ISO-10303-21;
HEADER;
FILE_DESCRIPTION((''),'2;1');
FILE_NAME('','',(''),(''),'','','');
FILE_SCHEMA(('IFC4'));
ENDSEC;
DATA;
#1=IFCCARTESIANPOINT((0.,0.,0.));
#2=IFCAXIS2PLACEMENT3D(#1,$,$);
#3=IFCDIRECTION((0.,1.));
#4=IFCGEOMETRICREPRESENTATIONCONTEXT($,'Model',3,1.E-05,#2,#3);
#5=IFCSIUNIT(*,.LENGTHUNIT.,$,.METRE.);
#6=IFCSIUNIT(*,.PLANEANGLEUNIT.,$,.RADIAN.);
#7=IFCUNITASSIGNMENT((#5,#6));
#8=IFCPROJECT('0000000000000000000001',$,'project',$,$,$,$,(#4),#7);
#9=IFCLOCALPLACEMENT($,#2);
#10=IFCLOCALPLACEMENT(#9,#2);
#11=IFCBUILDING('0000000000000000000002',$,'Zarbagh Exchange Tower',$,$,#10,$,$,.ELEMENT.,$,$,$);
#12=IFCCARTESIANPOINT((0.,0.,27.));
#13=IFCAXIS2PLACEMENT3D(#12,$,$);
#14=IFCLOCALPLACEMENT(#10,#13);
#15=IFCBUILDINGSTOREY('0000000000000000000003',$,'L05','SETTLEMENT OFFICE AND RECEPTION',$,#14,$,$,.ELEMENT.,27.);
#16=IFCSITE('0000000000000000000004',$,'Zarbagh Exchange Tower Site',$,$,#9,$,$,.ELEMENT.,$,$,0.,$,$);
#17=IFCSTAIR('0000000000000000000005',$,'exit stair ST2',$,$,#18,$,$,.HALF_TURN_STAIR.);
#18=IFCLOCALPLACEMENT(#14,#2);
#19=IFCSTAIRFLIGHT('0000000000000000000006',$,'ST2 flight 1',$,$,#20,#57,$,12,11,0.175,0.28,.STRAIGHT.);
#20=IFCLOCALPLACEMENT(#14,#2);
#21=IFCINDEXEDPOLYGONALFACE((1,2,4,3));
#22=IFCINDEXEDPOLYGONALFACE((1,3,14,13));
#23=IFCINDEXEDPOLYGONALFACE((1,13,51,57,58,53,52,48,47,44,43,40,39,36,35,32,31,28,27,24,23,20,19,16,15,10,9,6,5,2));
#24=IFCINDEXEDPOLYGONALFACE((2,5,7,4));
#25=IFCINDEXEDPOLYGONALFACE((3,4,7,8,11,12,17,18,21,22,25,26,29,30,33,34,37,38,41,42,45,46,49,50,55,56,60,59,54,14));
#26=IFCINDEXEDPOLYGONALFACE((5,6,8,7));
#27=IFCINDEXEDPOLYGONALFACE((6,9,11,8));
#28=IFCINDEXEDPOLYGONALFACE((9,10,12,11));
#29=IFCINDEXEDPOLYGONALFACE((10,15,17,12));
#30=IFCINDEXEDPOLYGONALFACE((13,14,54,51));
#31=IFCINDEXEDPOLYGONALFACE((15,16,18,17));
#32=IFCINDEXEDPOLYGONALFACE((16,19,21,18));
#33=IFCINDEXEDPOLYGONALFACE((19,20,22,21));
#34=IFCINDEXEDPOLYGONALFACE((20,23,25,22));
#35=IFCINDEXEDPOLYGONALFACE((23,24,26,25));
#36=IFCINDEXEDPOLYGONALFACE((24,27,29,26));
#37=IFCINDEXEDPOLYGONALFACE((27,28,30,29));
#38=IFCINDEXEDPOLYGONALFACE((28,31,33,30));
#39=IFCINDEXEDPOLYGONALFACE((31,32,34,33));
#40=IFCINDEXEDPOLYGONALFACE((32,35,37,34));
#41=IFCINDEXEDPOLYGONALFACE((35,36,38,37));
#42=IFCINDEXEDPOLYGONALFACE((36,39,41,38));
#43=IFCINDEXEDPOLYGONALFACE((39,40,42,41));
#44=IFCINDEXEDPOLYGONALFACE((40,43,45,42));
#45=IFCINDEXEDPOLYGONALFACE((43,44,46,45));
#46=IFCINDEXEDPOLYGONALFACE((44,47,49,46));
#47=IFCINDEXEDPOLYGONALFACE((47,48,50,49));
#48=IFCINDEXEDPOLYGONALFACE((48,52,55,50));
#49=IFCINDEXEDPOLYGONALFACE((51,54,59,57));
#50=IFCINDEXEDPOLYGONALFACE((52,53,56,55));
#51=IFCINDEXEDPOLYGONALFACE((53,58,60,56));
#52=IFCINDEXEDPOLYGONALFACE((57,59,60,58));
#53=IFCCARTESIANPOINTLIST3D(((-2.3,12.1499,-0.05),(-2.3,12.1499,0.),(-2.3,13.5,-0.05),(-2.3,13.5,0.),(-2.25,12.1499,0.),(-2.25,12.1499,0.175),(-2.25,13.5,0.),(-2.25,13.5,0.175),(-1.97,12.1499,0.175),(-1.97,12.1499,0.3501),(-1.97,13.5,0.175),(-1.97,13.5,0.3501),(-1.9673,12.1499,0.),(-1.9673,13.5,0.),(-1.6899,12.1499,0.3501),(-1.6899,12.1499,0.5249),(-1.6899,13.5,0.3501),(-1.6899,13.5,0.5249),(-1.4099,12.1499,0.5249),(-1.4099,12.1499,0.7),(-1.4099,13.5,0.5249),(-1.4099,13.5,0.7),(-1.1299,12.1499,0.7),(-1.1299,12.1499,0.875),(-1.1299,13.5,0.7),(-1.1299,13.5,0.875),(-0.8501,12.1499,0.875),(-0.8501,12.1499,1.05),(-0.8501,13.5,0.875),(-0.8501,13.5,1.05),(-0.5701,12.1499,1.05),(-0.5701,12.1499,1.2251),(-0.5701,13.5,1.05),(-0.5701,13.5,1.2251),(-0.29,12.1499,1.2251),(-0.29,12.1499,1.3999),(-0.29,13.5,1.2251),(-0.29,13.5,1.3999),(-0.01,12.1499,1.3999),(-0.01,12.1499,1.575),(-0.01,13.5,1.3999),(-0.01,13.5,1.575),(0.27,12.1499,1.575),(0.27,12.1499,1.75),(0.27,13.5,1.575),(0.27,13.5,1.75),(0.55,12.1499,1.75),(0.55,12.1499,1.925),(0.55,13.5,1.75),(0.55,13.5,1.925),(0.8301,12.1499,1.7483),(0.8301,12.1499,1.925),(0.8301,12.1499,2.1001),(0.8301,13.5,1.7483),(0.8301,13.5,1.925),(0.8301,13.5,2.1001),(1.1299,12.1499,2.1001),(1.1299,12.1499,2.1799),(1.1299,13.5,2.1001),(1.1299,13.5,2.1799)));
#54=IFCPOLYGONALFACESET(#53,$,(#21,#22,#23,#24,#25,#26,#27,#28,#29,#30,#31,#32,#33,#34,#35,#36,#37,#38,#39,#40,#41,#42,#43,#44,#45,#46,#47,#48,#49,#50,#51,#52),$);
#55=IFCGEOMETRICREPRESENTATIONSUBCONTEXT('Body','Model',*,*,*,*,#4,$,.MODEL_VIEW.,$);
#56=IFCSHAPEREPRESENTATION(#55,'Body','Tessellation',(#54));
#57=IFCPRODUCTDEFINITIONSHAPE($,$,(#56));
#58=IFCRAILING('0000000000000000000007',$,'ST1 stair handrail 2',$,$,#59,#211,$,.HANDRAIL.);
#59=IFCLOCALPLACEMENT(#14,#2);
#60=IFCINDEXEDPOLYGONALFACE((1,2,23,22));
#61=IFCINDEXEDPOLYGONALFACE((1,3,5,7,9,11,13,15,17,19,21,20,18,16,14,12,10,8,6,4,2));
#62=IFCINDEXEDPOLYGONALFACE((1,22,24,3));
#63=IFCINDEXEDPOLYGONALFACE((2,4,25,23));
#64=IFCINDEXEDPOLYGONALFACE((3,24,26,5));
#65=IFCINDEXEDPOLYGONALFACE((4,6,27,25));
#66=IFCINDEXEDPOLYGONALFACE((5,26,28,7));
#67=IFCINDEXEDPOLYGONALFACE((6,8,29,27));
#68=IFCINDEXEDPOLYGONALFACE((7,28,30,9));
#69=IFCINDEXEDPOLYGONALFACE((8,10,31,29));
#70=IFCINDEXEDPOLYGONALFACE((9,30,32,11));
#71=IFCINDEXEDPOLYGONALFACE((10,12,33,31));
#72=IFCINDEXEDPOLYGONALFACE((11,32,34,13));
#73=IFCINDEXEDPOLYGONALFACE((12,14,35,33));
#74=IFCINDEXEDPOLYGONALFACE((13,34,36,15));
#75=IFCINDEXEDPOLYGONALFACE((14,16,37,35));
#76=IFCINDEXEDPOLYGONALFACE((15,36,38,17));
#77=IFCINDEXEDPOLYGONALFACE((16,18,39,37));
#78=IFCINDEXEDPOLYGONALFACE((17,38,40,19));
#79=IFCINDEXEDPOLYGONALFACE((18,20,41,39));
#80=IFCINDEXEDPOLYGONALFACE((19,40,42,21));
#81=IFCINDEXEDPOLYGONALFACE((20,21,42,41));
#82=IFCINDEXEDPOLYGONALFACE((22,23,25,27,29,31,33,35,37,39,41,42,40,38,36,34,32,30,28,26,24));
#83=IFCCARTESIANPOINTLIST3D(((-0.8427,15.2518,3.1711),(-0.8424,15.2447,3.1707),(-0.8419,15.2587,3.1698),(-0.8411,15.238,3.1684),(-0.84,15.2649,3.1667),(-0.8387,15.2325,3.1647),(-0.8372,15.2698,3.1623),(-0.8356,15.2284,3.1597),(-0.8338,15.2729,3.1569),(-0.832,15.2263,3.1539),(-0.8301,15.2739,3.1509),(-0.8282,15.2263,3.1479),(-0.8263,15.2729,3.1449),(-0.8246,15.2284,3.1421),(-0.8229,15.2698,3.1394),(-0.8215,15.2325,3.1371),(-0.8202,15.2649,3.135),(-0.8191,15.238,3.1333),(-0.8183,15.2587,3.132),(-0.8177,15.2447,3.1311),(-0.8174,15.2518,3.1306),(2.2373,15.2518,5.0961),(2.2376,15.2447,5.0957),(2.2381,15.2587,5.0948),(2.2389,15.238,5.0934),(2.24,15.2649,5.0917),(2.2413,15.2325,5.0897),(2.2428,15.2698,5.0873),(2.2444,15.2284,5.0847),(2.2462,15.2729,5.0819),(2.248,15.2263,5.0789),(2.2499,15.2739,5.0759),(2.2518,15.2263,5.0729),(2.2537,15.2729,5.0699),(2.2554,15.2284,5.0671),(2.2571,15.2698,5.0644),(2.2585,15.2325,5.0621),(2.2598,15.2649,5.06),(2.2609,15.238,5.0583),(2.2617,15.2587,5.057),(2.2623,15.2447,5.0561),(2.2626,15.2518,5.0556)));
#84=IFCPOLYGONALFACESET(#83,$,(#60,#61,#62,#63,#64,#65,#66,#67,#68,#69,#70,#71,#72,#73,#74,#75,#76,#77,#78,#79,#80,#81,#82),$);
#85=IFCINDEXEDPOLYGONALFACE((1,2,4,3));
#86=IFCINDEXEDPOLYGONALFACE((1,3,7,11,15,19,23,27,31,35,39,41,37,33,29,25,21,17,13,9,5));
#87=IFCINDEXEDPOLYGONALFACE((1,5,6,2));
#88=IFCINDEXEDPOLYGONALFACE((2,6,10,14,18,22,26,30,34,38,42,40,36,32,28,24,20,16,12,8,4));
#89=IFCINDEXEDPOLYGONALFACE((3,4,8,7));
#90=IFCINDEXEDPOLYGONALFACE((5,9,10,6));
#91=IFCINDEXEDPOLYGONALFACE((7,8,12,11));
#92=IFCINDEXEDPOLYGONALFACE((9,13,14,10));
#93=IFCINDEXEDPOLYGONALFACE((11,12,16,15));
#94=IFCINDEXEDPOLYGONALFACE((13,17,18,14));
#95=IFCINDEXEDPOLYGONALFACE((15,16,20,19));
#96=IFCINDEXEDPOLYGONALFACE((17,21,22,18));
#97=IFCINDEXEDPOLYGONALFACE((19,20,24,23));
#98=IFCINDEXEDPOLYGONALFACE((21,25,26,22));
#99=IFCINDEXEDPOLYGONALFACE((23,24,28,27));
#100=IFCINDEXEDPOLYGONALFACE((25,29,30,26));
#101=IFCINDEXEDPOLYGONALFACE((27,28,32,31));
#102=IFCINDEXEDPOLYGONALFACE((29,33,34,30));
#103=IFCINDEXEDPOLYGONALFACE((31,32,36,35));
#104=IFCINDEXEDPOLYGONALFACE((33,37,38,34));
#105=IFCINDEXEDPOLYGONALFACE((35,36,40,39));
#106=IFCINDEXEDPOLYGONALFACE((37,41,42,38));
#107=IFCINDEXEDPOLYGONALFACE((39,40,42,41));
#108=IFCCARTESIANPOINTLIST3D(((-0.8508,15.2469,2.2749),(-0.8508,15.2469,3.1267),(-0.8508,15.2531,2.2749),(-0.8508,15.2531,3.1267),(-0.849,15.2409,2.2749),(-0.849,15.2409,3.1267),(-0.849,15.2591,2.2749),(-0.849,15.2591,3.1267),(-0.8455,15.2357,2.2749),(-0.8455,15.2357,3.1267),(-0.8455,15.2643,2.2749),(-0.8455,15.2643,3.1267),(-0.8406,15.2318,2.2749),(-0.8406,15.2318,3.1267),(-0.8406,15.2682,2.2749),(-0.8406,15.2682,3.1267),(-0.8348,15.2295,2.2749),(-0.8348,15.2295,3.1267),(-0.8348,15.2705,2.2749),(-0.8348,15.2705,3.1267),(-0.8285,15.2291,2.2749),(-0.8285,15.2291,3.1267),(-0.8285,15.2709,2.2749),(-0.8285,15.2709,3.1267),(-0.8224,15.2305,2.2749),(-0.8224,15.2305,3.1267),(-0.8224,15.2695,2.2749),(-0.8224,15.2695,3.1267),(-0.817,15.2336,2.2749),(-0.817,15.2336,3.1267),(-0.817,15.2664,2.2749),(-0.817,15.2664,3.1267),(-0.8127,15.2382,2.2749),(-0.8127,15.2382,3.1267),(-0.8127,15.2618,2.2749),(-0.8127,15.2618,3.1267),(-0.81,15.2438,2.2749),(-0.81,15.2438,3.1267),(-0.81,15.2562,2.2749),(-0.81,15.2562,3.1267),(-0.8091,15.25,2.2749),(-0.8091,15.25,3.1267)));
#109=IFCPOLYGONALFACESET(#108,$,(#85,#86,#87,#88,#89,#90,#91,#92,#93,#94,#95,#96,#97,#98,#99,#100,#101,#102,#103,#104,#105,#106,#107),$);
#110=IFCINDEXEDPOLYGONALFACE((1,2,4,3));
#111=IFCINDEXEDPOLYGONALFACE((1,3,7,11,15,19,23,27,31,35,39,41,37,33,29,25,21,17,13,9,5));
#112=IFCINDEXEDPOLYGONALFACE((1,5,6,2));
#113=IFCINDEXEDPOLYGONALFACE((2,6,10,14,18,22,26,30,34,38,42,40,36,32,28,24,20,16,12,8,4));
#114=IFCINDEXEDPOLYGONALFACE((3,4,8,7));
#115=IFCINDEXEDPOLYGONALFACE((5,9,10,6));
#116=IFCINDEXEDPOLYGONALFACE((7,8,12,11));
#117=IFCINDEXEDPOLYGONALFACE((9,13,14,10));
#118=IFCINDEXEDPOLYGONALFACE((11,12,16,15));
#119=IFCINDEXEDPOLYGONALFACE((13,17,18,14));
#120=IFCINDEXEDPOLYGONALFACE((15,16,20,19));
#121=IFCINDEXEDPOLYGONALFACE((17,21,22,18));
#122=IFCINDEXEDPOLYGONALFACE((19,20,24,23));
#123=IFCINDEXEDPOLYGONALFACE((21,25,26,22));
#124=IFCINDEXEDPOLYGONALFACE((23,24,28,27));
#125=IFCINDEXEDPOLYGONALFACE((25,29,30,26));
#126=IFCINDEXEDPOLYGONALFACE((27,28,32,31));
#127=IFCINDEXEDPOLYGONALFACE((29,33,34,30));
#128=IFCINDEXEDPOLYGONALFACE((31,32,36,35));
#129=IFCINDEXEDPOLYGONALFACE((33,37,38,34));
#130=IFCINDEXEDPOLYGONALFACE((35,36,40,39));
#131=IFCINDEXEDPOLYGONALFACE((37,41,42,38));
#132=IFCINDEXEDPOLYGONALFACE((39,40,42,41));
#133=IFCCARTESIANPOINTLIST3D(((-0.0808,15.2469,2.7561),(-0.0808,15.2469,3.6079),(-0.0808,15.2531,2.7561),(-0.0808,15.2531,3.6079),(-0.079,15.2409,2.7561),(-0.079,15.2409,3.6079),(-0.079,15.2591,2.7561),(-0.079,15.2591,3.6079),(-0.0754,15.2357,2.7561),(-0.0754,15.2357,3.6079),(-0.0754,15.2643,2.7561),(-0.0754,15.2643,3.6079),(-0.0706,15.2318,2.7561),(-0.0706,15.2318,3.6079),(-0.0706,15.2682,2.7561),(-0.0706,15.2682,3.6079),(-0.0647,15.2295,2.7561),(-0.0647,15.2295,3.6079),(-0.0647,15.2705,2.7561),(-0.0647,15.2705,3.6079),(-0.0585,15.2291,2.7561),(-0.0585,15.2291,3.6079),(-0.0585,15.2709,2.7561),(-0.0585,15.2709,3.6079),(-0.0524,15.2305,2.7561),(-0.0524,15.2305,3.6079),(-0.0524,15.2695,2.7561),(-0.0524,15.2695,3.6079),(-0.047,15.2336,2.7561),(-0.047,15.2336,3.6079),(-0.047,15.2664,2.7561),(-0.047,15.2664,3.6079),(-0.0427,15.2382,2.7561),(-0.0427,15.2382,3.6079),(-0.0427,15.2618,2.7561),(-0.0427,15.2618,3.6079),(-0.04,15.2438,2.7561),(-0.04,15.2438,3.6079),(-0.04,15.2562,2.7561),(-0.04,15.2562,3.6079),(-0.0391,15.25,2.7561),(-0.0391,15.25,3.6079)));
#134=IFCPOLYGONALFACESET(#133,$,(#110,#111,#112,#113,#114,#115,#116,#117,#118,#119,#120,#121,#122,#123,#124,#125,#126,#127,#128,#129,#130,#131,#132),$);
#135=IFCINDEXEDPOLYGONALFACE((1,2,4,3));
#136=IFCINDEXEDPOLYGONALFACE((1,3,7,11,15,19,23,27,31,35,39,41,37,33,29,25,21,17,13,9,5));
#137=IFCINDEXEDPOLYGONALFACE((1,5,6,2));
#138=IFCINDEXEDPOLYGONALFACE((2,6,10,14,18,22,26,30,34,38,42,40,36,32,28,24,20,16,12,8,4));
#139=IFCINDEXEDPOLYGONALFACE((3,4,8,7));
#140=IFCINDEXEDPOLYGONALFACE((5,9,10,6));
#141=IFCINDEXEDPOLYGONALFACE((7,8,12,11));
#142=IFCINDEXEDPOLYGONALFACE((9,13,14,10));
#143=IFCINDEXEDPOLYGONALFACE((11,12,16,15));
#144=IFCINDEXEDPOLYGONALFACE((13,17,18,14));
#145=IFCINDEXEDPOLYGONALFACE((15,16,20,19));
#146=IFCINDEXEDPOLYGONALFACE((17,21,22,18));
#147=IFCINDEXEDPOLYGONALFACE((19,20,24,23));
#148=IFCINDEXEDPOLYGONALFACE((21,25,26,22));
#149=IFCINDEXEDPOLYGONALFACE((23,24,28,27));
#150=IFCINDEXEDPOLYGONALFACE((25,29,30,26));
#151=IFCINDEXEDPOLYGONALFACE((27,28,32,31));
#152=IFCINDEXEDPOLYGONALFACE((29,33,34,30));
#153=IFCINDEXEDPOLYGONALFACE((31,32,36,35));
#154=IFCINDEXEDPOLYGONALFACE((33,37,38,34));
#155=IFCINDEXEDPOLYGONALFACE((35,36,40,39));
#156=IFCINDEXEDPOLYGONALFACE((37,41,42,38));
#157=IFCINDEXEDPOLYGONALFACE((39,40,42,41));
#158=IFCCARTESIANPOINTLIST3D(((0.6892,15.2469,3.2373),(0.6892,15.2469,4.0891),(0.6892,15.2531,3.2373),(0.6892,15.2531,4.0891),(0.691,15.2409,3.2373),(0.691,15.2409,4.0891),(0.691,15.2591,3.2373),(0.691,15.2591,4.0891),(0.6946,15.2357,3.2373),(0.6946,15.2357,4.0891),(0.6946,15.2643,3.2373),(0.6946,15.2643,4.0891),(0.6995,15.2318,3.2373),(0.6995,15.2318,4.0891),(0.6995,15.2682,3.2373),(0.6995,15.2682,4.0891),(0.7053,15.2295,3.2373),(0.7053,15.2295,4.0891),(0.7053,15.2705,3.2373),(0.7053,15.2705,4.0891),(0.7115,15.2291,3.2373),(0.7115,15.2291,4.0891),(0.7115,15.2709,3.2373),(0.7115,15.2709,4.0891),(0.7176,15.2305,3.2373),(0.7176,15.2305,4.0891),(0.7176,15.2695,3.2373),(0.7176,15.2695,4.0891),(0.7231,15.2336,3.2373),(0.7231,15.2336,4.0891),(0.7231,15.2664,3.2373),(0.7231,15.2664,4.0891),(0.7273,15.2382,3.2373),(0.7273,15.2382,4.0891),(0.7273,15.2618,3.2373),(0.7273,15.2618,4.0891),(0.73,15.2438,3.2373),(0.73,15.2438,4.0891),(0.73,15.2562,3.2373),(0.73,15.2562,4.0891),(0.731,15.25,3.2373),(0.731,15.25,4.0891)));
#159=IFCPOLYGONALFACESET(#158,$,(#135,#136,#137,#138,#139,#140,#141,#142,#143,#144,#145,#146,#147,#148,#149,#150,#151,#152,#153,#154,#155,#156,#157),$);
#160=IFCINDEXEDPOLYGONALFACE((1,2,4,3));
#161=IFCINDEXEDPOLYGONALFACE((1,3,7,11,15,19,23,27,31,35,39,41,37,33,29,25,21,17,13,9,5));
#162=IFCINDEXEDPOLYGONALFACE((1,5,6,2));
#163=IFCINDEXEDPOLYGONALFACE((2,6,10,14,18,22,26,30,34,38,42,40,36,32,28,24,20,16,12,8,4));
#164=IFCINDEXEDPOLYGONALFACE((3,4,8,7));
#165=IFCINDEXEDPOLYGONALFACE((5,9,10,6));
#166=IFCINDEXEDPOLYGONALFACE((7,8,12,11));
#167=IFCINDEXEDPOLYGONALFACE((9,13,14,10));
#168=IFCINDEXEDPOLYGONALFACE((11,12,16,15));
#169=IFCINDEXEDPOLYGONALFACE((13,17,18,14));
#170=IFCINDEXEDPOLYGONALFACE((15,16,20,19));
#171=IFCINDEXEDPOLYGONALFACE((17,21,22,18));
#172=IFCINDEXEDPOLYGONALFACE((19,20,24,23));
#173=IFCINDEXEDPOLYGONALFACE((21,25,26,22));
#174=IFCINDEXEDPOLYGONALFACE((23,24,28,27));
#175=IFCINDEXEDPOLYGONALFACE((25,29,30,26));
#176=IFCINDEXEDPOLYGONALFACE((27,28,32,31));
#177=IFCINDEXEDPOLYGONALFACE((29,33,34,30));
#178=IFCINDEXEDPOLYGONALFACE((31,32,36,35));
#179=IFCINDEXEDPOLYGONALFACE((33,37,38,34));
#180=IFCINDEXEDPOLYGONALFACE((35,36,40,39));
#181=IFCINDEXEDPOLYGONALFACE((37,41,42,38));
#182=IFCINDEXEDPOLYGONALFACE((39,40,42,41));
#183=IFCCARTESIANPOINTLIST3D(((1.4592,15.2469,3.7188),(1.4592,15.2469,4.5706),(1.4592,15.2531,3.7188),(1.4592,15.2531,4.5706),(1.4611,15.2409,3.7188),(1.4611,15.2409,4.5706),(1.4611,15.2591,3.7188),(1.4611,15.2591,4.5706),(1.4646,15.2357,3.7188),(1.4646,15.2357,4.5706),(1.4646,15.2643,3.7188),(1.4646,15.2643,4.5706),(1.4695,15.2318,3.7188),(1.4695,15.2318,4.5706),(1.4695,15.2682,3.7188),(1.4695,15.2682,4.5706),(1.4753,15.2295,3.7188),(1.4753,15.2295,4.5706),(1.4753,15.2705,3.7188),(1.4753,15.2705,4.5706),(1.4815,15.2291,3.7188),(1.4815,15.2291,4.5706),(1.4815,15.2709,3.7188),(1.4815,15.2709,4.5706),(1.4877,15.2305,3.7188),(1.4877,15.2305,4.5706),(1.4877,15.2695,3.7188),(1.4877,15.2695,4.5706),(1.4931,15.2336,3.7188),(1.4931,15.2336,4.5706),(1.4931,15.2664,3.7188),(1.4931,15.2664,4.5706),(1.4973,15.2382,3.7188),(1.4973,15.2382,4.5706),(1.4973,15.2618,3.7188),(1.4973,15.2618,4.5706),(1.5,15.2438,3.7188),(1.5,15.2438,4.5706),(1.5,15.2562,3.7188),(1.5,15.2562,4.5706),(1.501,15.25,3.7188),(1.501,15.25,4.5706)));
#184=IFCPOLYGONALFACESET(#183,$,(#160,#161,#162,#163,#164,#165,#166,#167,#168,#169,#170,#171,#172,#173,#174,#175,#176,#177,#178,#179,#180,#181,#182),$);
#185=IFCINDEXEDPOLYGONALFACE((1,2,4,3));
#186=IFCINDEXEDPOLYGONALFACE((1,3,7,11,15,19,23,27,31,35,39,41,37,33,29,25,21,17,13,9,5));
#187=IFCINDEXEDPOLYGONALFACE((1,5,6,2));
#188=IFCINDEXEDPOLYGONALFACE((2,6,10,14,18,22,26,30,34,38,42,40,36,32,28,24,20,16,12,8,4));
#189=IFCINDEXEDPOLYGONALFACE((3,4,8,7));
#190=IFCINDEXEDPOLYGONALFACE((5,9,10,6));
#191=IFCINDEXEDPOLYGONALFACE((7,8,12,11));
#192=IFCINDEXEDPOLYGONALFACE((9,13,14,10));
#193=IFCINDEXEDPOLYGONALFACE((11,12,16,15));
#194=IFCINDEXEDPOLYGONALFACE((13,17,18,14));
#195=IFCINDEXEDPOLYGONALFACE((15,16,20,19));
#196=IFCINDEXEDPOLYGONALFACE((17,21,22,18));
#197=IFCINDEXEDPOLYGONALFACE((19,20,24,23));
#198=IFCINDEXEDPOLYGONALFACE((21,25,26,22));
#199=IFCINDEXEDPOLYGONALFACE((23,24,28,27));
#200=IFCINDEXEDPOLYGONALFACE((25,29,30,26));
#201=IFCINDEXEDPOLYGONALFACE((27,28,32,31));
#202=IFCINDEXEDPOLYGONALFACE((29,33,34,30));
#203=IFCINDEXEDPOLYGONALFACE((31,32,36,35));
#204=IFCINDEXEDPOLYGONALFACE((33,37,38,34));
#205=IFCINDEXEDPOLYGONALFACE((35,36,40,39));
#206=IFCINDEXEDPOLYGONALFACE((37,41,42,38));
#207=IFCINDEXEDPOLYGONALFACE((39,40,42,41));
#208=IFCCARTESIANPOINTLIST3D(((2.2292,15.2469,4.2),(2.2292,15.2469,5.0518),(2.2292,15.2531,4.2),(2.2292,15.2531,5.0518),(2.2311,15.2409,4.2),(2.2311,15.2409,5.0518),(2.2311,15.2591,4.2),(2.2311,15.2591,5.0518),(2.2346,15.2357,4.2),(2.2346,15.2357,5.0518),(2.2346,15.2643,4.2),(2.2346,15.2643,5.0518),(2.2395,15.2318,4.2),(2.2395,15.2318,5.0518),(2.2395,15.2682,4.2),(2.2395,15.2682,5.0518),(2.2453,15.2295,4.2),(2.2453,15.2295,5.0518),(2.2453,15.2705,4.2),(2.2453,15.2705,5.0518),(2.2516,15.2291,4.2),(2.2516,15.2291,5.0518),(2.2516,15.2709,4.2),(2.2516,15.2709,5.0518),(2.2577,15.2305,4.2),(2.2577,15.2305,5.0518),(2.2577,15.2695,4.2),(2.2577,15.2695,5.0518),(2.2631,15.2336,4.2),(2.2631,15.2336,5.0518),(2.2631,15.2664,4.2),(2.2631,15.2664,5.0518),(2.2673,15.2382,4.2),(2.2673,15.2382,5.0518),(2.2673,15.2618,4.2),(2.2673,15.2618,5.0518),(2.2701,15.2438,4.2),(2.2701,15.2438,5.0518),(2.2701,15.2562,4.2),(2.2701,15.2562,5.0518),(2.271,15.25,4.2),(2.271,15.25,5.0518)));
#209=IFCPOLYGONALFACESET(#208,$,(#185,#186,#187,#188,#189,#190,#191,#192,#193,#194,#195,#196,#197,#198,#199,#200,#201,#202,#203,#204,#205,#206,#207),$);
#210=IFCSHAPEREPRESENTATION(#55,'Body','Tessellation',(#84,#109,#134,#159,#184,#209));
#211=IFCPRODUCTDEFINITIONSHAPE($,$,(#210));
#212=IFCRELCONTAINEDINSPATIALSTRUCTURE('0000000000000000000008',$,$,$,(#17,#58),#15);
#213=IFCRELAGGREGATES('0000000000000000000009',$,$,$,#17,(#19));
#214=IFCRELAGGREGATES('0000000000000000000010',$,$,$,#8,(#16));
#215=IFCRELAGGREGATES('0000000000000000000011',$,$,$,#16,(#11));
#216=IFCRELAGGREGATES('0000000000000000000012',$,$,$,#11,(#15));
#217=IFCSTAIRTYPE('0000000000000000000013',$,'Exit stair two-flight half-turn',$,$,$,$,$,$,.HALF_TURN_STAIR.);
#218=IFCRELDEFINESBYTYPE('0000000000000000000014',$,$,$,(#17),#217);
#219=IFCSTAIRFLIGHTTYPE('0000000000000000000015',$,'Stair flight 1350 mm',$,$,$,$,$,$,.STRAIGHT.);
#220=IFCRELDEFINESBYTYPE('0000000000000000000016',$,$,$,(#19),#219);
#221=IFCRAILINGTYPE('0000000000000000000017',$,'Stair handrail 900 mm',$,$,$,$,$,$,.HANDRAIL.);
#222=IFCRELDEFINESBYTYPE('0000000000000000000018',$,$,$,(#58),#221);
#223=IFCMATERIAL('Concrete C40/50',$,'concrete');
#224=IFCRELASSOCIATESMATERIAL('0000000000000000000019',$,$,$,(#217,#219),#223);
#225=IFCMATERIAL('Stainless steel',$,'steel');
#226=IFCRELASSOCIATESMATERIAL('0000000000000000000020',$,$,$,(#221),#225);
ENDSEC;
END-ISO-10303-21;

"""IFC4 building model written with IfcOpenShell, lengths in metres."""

from ifc_helpers import new_model, si_unit, direction, frame, origin, origin_2d, place, context, subcontext, project, spatial, polyline, circle, outline, extrude, material, type_object, element, aggregate, save


model = new_model("IFC4")

# Units and contexts
model_context = context("Model", 3, precision=1e-05, world=origin(), true_north=direction((0.0, 1.0)))
body_context = subcontext(model_context, "Body", "Model", "MODEL_VIEW")
ifc_project = project(units=[si_unit("LENGTHUNIT", "METRE"), si_unit("PLANEANGLEUNIT", "RADIAN")], contexts=[model_context])

# Site, building, storey
site_placement = place(None, origin())
site = spatial("IfcSite", under=ifc_project, at=site_placement, Name="Zarbagh Exchange Tower Site", CompositionType="ELEMENT", RefElevation=0.0)
building_placement = place(site_placement, origin())
building = spatial("IfcBuilding", under=site, at=building_placement, Name="Zarbagh Exchange Tower", CompositionType="ELEMENT")
storey_placement = place(building_placement, frame((0.0, 0.0, 27.0)))
storey = spatial("IfcBuildingStorey", under=building, at=storey_placement, Name="L05", Description="SETTLEMENT OFFICE AND RECEPTION", CompositionType="ELEMENT", Elevation=27.0)

# Shared definitions
ifc_material_1 = material(Name="Stainless steel", Category="steel")

# Shared definitions
ifc_material_2 = material(Name="Concrete C40/50", Category="concrete")

# Stair, stair flight
stair_type = type_object("IfcStairType", Name="Exit stair two-flight half-turn", PredefinedType="HALF_TURN_STAIR", material=ifc_material_2)
stair_flight_type = type_object("IfcStairFlightType", Name="Stair flight 1350 mm", PredefinedType="STRAIGHT", material=ifc_material_2)
stair_1_placement = place(storey_placement, origin())
stair_1 = element("IfcStair", 1, at=stair_1_placement, inside=storey, type_object=stair_type, Name="exit stair ST2", PredefinedType="HALF_TURN_STAIR")
stair_flight_1_placement = place(storey_placement, frame((-2.25, 12.825, 0.0), z_axis=(0.0, 0.0, 1.0), x_axis=(1.0, 0.0, 0.0)))
stair_flight_1 = element("IfcStairFlight", 2, at=stair_flight_1_placement, type_object=stair_flight_type, Name="ST2 flight 1", NumberOfRisers=12, NumberOfTreads=11, PredefinedType="STRAIGHT", RiserHeight=0.175, TreadLength=0.28, context=body_context, shape_type="SweptSolid", body=[
    extrude(outline(polyline([(-0.05, -0.05), (-0.05, 0.0), (0.0, 0.0), (0.0, 0.175), (0.28, 0.175), (0.28, 0.3501), (0.5601, 0.3501), (0.5601, 0.5249), (0.8401, 0.5249), (0.8401, 0.7), (1.1201, 0.7), (1.1201, 0.875), (1.3999, 0.875), (1.3999, 1.05), (1.6799, 1.05), (1.6799, 1.2251), (1.96, 1.2251), (1.96, 1.3999), (2.24, 1.3999), (2.24, 1.575), (2.52, 1.575), (2.52, 1.75), (2.8, 1.75), (2.8, 1.925), (3.0801, 1.925), (3.0801, 2.1001), (3.3799, 2.1799), (3.3799, 2.1001), (3.0801, 1.7483), (0.2827, 0.0), (-0.05, -0.05)])), frame((0.0, 0.675, 0.0), z_axis=(0.0, -1.0, 0.0), x_axis=(1.0, 0.0, 0.0)), (0.0, 0.0, 1.0), 1.3501),
])
aggregate(stair_1, [stair_flight_1])

# Railing
railing_type_1 = type_object("IfcRailingType", Name="Stair handrail 900 mm", PredefinedType="HANDRAIL", material=ifc_material_1)
for number, where, name in (
    (3, (-0.8301, 15.25, 2.2749), "ST1 stair handrail 2"),
):
    element("IfcRailing", number, at=place(storey_placement, frame(where)), inside=storey, type_object=railing_type_1, Name=name, PredefinedType="HANDRAIL", context=body_context, shape_type="SweptSolid", body=[
        extrude(circle(Radius=0.0239, at=origin_2d()), frame((0.0, 0.0, 0.876), z_axis=(0.847998, 0.0, 0.529999), x_axis=(0.0, 1.0, 0.0)), (0.0, 0.0, 1.0), 3.6321),
        extrude(circle(Radius=0.021, at=origin_2d()), origin(), (0.0, 0.0, 1.0), 0.8518),
        extrude(circle(Radius=0.021, at=origin_2d()), frame((0.77, 0.0, 0.4812)), (0.0, 0.0, 1.0), 0.8518),
        extrude(circle(Radius=0.021, at=origin_2d()), frame((1.54, 0.0, 0.9624)), (0.0, 0.0, 1.0), 0.8518),
        extrude(circle(Radius=0.021, at=origin_2d()), frame((2.3101, 0.0, 1.4438)), (0.0, 0.0, 1.0), 0.8518),
        extrude(circle(Radius=0.021, at=origin_2d()), frame((3.0801, 0.0, 1.925)), (0.0, 0.0, 1.0), 0.8518),
    ])

save(model, "model.ifc")
